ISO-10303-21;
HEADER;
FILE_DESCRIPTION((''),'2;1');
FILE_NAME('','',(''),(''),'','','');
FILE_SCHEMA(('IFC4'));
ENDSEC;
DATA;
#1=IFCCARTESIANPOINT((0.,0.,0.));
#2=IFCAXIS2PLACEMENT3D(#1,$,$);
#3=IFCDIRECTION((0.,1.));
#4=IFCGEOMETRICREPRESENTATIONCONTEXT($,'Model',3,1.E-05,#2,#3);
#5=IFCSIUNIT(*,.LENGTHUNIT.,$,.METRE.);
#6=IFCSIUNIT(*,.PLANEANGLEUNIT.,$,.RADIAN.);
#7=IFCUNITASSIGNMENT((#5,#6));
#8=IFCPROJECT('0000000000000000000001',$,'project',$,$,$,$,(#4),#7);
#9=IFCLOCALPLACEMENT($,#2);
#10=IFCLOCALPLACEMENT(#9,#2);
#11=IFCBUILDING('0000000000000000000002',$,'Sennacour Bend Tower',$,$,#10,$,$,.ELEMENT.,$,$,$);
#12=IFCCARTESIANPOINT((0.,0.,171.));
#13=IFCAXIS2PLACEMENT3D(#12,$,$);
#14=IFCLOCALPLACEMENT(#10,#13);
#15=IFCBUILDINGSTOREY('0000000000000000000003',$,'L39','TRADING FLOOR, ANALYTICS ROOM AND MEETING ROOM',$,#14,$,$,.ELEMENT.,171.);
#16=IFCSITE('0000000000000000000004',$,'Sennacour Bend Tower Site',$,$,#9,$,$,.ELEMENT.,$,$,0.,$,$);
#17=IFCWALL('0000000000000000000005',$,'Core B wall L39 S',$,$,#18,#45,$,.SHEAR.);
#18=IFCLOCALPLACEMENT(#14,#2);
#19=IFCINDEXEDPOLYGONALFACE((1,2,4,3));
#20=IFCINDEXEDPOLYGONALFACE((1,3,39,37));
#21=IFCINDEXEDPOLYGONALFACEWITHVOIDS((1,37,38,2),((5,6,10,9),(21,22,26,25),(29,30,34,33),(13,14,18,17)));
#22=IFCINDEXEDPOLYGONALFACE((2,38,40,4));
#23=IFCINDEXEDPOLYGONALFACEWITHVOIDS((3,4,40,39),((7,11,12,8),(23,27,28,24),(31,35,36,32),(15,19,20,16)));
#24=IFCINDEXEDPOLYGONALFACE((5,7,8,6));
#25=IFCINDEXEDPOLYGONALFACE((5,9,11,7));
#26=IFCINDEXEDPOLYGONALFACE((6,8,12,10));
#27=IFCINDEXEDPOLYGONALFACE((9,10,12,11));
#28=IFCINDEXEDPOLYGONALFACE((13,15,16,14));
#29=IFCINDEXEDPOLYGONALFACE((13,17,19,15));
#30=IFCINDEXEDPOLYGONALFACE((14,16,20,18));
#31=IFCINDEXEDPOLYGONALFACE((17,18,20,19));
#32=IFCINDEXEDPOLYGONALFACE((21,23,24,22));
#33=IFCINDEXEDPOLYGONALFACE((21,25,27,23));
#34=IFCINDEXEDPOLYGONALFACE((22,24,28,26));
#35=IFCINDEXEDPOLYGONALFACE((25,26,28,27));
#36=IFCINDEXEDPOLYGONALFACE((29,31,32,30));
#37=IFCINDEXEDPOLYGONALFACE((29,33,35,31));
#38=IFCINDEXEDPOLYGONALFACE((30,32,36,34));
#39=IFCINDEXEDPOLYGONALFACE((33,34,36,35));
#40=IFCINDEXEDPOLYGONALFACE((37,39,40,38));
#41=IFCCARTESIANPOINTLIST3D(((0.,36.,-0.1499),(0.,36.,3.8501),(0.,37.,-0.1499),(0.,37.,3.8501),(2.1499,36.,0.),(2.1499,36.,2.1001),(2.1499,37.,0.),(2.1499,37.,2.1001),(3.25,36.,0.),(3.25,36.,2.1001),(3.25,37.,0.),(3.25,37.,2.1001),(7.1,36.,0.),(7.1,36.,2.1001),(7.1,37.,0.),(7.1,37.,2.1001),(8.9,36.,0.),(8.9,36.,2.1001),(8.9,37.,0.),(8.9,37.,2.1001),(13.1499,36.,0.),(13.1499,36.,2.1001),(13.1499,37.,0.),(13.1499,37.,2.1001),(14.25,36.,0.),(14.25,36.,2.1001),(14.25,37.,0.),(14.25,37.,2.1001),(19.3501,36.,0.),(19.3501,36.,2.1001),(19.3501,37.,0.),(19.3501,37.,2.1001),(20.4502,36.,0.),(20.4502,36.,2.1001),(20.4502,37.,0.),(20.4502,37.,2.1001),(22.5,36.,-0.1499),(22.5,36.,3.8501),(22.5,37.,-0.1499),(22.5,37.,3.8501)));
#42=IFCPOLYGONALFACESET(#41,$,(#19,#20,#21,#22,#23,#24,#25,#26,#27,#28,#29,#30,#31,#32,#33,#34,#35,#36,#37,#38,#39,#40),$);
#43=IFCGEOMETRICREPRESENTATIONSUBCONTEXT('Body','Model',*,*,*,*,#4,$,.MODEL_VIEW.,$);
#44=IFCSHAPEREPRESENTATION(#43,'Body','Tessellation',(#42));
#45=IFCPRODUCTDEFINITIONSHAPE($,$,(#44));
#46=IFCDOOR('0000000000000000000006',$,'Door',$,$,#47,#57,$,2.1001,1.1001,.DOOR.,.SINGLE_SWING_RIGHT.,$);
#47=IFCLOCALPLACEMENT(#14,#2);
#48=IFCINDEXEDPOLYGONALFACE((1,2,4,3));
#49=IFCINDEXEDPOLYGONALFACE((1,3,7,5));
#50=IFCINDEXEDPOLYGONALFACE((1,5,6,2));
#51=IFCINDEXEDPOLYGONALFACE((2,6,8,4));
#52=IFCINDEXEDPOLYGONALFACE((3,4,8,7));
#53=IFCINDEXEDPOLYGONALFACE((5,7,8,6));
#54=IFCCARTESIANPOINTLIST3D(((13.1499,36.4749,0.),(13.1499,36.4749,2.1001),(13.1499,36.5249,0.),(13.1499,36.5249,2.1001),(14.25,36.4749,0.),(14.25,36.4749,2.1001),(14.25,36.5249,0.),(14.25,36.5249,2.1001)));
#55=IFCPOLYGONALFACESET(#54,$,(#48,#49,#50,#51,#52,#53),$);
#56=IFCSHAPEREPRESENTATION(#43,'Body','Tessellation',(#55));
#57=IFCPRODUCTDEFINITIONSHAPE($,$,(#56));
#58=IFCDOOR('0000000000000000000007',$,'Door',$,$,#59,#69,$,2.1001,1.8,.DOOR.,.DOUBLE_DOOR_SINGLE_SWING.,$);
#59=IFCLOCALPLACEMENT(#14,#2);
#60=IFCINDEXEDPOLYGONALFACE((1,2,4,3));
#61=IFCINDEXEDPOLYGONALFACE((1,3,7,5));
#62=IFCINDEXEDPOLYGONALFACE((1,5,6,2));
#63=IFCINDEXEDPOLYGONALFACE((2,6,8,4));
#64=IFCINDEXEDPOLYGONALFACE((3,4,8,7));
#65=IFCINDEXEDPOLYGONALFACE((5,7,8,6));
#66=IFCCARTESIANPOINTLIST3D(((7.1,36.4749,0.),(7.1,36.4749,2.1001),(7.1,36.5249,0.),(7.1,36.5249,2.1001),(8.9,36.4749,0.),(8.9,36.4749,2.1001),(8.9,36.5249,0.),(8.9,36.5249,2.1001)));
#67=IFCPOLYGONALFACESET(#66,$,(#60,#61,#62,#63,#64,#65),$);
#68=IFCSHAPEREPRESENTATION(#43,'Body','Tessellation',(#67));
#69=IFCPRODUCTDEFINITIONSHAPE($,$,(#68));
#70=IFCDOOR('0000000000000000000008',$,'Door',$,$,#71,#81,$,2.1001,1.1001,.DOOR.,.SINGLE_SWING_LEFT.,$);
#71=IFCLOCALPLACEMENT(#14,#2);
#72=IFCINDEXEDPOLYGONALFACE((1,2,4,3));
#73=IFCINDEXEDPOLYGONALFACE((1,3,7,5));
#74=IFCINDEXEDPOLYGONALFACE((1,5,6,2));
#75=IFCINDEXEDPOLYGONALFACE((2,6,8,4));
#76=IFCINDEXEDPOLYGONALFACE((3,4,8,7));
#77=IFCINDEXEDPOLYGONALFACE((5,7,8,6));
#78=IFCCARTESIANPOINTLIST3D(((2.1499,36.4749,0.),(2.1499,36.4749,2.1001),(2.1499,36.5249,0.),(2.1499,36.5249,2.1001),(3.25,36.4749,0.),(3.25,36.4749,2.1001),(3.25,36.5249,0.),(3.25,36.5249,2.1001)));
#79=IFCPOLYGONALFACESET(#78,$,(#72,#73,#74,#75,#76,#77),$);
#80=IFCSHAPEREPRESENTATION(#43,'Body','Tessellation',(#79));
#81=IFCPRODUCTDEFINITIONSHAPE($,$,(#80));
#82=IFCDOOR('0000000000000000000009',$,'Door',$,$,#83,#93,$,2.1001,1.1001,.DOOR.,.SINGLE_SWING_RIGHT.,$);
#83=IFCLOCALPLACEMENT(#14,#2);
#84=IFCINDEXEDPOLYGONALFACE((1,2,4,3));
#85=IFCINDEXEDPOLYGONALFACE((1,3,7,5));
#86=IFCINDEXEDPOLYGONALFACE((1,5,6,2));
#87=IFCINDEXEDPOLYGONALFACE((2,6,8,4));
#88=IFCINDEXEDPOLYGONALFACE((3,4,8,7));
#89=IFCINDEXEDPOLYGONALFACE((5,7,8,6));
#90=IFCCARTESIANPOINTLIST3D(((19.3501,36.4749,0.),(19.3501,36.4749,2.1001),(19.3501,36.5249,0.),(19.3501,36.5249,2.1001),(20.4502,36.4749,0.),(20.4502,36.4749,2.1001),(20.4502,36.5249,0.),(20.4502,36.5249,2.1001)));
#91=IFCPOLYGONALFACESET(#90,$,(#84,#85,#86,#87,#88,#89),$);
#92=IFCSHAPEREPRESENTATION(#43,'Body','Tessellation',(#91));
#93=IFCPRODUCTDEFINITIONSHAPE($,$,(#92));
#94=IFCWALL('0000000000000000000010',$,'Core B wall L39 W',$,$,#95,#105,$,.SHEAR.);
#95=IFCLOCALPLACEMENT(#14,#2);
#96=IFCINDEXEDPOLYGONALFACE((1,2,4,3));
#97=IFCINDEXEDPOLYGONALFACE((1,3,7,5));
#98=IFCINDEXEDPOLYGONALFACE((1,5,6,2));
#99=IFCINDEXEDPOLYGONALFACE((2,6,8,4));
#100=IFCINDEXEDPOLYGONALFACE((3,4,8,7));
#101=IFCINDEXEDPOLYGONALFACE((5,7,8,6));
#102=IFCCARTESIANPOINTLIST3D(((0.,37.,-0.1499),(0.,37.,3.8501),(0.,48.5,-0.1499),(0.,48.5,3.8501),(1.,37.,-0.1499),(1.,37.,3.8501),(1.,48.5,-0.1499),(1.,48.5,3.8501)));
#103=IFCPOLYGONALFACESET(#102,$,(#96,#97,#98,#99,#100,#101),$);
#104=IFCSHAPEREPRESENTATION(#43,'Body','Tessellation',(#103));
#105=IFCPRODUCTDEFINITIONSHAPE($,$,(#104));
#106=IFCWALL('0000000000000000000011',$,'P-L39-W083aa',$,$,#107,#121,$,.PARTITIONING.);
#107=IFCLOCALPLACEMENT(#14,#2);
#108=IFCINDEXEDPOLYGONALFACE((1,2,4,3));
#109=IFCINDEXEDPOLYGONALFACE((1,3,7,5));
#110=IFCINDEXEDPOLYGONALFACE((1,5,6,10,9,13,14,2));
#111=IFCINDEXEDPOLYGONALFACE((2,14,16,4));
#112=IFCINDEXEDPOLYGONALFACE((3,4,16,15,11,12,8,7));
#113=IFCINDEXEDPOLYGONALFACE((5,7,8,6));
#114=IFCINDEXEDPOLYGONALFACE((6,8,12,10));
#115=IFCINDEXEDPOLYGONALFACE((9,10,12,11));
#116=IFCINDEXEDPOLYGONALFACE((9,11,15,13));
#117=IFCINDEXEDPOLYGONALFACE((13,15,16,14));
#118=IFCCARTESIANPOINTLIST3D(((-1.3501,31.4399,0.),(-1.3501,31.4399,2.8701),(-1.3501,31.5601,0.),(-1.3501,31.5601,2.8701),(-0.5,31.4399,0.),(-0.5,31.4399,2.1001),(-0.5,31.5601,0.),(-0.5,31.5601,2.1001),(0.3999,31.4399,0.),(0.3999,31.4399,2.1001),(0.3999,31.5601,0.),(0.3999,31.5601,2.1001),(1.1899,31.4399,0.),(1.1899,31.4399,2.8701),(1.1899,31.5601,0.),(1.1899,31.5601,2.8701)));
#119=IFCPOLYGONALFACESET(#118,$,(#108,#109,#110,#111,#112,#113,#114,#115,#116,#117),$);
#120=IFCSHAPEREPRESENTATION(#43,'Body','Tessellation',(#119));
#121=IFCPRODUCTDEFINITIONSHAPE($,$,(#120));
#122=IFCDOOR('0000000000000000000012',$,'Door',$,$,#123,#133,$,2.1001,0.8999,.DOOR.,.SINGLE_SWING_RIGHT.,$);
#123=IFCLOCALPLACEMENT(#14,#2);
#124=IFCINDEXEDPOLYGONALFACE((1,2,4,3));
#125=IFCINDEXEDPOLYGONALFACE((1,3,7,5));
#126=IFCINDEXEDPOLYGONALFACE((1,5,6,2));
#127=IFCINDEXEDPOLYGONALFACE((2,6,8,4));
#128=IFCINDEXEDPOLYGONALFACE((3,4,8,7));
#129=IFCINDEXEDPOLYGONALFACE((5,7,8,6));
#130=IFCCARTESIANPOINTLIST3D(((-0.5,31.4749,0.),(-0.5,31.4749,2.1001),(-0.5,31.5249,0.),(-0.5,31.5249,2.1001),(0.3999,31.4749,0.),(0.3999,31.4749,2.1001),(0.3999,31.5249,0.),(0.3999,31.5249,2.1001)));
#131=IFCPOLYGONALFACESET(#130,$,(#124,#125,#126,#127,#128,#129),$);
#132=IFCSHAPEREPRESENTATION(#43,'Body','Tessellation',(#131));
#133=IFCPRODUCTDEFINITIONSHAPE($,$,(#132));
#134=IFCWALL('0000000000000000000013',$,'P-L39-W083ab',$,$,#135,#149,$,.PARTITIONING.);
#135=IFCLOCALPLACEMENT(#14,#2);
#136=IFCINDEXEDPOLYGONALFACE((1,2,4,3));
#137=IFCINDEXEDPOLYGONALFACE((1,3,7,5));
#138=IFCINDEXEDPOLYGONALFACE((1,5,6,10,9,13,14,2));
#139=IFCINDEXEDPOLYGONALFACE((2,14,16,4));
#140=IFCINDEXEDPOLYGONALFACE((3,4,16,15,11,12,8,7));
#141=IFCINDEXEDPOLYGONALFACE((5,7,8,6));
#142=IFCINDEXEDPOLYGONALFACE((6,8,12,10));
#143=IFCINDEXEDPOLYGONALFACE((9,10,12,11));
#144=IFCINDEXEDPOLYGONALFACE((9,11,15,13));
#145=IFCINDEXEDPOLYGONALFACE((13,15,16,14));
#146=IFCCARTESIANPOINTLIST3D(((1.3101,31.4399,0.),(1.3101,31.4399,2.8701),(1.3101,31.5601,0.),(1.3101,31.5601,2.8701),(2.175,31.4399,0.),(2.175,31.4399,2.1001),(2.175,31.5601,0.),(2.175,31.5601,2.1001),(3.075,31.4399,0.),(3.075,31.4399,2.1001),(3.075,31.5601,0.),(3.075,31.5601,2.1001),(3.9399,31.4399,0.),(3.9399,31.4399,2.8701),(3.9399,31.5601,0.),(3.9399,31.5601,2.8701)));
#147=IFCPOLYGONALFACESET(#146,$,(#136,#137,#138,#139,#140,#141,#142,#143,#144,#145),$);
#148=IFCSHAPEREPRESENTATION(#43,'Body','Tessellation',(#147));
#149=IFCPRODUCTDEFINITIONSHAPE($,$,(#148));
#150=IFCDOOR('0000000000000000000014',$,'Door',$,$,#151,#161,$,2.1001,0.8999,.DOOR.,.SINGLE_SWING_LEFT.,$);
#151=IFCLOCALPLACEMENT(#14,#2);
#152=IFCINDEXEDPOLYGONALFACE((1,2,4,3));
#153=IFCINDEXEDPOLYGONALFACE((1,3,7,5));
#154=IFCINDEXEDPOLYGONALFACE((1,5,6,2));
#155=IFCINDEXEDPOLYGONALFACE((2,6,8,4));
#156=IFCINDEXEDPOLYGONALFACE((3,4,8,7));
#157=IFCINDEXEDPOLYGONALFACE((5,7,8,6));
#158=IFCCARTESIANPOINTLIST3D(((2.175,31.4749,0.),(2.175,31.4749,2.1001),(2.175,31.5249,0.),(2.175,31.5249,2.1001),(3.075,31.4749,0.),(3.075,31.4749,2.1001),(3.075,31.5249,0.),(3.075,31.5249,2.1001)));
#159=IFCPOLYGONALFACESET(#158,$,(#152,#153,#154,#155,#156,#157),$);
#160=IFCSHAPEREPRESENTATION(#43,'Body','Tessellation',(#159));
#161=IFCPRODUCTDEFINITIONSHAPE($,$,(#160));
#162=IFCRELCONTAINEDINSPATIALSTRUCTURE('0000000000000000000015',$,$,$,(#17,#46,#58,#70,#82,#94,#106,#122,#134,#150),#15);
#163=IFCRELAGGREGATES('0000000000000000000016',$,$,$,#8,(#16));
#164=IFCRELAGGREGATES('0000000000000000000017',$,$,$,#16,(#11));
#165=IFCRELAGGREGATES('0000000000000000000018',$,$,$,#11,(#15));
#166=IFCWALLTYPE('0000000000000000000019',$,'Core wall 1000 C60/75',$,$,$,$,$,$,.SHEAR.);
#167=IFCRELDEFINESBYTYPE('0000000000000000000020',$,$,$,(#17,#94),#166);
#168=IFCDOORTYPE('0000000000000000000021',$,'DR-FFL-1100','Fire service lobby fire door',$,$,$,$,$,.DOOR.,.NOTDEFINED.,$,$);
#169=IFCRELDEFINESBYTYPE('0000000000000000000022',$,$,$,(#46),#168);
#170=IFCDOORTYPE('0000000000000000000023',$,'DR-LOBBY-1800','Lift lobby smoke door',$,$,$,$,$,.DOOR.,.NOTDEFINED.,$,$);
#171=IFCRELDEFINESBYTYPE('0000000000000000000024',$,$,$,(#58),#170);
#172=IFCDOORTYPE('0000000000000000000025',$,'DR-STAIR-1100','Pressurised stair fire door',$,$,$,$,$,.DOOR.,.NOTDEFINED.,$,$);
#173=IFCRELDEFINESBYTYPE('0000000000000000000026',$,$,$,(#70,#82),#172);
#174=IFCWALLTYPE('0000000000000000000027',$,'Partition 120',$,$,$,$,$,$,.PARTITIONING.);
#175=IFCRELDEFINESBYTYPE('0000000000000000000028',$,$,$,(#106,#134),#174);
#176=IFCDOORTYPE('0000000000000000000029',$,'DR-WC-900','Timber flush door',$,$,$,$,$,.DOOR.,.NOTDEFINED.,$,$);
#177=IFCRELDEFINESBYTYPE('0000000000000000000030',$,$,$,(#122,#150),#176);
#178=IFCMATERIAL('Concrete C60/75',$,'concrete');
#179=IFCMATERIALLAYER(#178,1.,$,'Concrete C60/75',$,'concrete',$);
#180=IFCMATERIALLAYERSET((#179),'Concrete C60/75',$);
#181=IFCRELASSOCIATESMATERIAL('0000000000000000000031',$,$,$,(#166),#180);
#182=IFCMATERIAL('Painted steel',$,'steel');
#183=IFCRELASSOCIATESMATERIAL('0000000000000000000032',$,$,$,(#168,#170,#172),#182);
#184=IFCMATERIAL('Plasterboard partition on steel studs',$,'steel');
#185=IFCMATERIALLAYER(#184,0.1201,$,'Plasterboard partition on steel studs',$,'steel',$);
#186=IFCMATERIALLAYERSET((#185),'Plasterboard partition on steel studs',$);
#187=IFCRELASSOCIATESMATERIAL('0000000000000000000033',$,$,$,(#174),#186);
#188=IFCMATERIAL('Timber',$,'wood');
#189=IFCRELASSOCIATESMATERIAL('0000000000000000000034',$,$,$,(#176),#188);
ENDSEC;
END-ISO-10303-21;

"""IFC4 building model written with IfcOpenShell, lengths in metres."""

from ifc_helpers import new_model, si_unit, direction, frame, frame_2d, origin, place, context, subcontext, project, spatial, rectangle, extrude, material, layer, layer_set, type_object, element, fill, save


model = new_model("IFC4")

# Units and contexts
model_context = context("Model", 3, precision=1e-05, world=origin(), true_north=direction((0.0, 1.0)))
body_context = subcontext(model_context, "Body", "Model", "MODEL_VIEW")
ifc_project = project(units=[si_unit("LENGTHUNIT", "METRE"), si_unit("PLANEANGLEUNIT", "RADIAN")], contexts=[model_context])

# Site, building, storey
site_placement = place(None, origin())
site = spatial("IfcSite", under=ifc_project, at=site_placement, Name="Sennacour Bend Tower Site", CompositionType="ELEMENT", RefElevation=0.0)
building_placement = place(site_placement, origin())
building = spatial("IfcBuilding", under=site, at=building_placement, Name="Sennacour Bend Tower", CompositionType="ELEMENT")
storey_placement = place(building_placement, frame((0.0, 0.0, 171.0)))
storey = spatial("IfcBuildingStorey", under=building, at=storey_placement, Name="L39", Description="TRADING FLOOR, ANALYTICS ROOM AND MEETING ROOM", CompositionType="ELEMENT", Elevation=171.0)

# Wall, openings, doors
ifc_material_1 = material(Name="Concrete C60/75", Category="concrete")
ifc_layer_1 = layer(ifc_material_1, 1.0, Name="Concrete C60/75", Category="concrete")
ifc_layer_set_1 = layer_set([ifc_layer_1], Name="Concrete C60/75")
wall_type_1 = type_object("IfcWallType", Name="Core wall 1000 C60/75", PredefinedType="SHEAR", material=ifc_layer_set_1)
wall_1_placement = place(storey_placement, frame((0.0, 36.5, -0.1499), z_axis=(0.0, 0.0, 1.0), x_axis=(1.0, 0.0, 0.0)))
wall_1 = element("IfcWall", 1, at=wall_1_placement, inside=storey, type_object=wall_type_1, Name="Core B wall L39 S", PredefinedType="SHEAR", context=body_context, shape_type="SweptSolid", body=[
    extrude(rectangle(XDim=22.5, YDim=1.0, at=frame_2d((11.25, 0.0))), origin(), (0.0, 0.0, 1.0), 4.0),
])
opening_1_placement = place(wall_1_placement, frame((7.1001, 0.0, 0.1499)))
opening_1 = element("IfcOpeningElement", 2, at=opening_1_placement, cuts=wall_1, PredefinedType="OPENING", context=body_context, shape_type="SweptSolid", body=[
    extrude(rectangle(XDim=1.8, YDim=2.1001, at=frame_2d((0.8999, 1.05))), frame((0.0, 0.51, 0.0), z_axis=(0.0, -1.0, 0.0), x_axis=(1.0, 0.0, 0.0)), (0.0, 0.0, 1.0), 1.02),
])
opening_2_placement = place(wall_1_placement, frame((13.1499, 0.0, 0.1499)))
opening_2 = element("IfcOpeningElement", 3, at=opening_2_placement, cuts=wall_1, PredefinedType="OPENING", context=body_context, shape_type="SweptSolid", body=[
    extrude(rectangle(XDim=1.1001, YDim=2.1001, at=frame_2d((0.55, 1.05))), frame((0.0, 0.51, 0.0), z_axis=(0.0, -1.0, 0.0), x_axis=(1.0, 0.0, 0.0)), (0.0, 0.0, 1.0), 1.02),
])
opening_3_placement = place(wall_1_placement, frame((2.1499, 0.0, 0.1499)))
opening_3 = element("IfcOpeningElement", 4, at=opening_3_placement, cuts=wall_1, PredefinedType="OPENING", context=body_context, shape_type="SweptSolid", body=[
    extrude(rectangle(XDim=1.1001, YDim=2.1001, at=frame_2d((0.55, 1.05))), frame((0.0, 0.51, 0.0), z_axis=(0.0, -1.0, 0.0), x_axis=(1.0, 0.0, 0.0)), (0.0, 0.0, 1.0), 1.02),
])
opening_4_placement = place(wall_1_placement, frame((19.3501, 0.0, 0.1499)))
opening_4 = element("IfcOpeningElement", 5, at=opening_4_placement, cuts=wall_1, PredefinedType="OPENING", context=body_context, shape_type="SweptSolid", body=[
    extrude(rectangle(XDim=1.1001, YDim=2.1001, at=frame_2d((0.55, 1.05))), frame((0.0, 0.51, 0.0), z_axis=(0.0, -1.0, 0.0), x_axis=(1.0, 0.0, 0.0)), (0.0, 0.0, 1.0), 1.02),
])
ifc_material_2 = material(Name="Painted steel", Category="steel")
door_type_1 = type_object("IfcDoorType", Name="DR-FFL-1100", Description="Fire service lobby fire door", OperationType="NOTDEFINED", PredefinedType="DOOR", material=ifc_material_2)
door_1_placement = place(opening_2_placement, origin())
door_1 = element("IfcDoor", 6, at=door_1_placement, inside=storey, type_object=door_type_1, Name="Door", OperationType="SINGLE_SWING_RIGHT", OverallHeight=2.1001, OverallWidth=1.1001, PredefinedType="DOOR", context=body_context, shape_type="SweptSolid", body=[
    extrude(rectangle(XDim=1.1001, YDim=2.1001, at=frame_2d((0.55, 1.05))), frame((0.0, 0.0249, 0.0), z_axis=(0.0, -1.0, 0.0), x_axis=(1.0, 0.0, 0.0)), (0.0, 0.0, 1.0), 0.05),
])
fill(opening_2, door_1)
door_type_2 = type_object("IfcDoorType", Name="DR-LOBBY-1800", Description="Lift lobby smoke door", OperationType="NOTDEFINED", PredefinedType="DOOR", material=ifc_material_2)
door_2_placement = place(opening_1_placement, origin())
door_2 = element("IfcDoor", 7, at=door_2_placement, inside=storey, type_object=door_type_2, Name="Door", OperationType="DOUBLE_DOOR_SINGLE_SWING", OverallHeight=2.1001, OverallWidth=1.8, PredefinedType="DOOR", context=body_context, shape_type="SweptSolid", body=[
    extrude(rectangle(XDim=1.8, YDim=2.1001, at=frame_2d((0.8999, 1.05))), frame((0.0, 0.0249, 0.0), z_axis=(0.0, -1.0, 0.0), x_axis=(1.0, 0.0, 0.0)), (0.0, 0.0, 1.0), 0.05),
])
fill(opening_1, door_2)
door_type_3 = type_object("IfcDoorType", Name="DR-STAIR-1100", Description="Pressurised stair fire door", OperationType="NOTDEFINED", PredefinedType="DOOR", material=ifc_material_2)
door_3_placement = place(opening_3_placement, origin())
door_3 = element("IfcDoor", 8, at=door_3_placement, inside=storey, type_object=door_type_3, Name="Door", OperationType="SINGLE_SWING_LEFT", OverallHeight=2.1001, OverallWidth=1.1001, PredefinedType="DOOR", context=body_context, shape_type="SweptSolid", body=[
    extrude(rectangle(XDim=1.1001, YDim=2.1001, at=frame_2d((0.55, 1.05))), frame((0.0, 0.0249, 0.0), z_axis=(0.0, -1.0, 0.0), x_axis=(1.0, 0.0, 0.0)), (0.0, 0.0, 1.0), 0.05),
])
fill(opening_3, door_3)
door_4_placement = place(opening_4_placement, origin())
door_4 = element("IfcDoor", 9, at=door_4_placement, inside=storey, type_object=door_type_3, Name="Door", OperationType="SINGLE_SWING_RIGHT", OverallHeight=2.1001, OverallWidth=1.1001, PredefinedType="DOOR", context=body_context, shape_type="SweptSolid", body=[
    extrude(rectangle(XDim=1.1001, YDim=2.1001, at=frame_2d((0.55, 1.05))), frame((0.0, 0.0249, 0.0), z_axis=(0.0, -1.0, 0.0), x_axis=(1.0, 0.0, 0.0)), (0.0, 0.0, 1.0), 0.05),
])
fill(opening_4, door_4)

# Wall
wall_2_placement = place(storey_placement, frame((0.5, 37.0, -0.1499), z_axis=(0.0, 0.0, 1.0), x_axis=(0.0, 1.0, 0.0)))
element("IfcWall", 10, at=wall_2_placement, inside=storey, type_object=wall_type_1, Name="Core B wall L39 W", PredefinedType="SHEAR", context=body_context, shape_type="SweptSolid", body=[
    extrude(rectangle(XDim=11.5, YDim=1.0, at=frame_2d((5.75, 0.0))), origin(), (0.0, 0.0, 1.0), 4.0),
])

# Walls, openings, doors
ifc_material_3 = material(Name="Plasterboard partition on steel studs", Category="steel")
ifc_layer_2 = layer(ifc_material_3, 0.1201, Name="Plasterboard partition on steel studs", Category="steel")
ifc_layer_set_2 = layer_set([ifc_layer_2], Name="Plasterboard partition on steel studs")
wall_type_2 = type_object("IfcWallType", Name="Partition 120", PredefinedType="PARTITIONING", material=ifc_layer_set_2)
wall_3_placement = place(storey_placement, frame((-1.3501, 31.5, 0.0), z_axis=(0.0, 0.0, 1.0), x_axis=(1.0, 0.0, 0.0)))
wall_3 = element("IfcWall", 11, at=wall_3_placement, inside=storey, type_object=wall_type_2, Name="P-L39-W083aa", PredefinedType="PARTITIONING", context=body_context, shape_type="SweptSolid", body=[
    extrude(rectangle(XDim=2.54, YDim=0.1201, at=frame_2d((1.27, 0.0))), origin(), (0.0, 0.0, 1.0), 2.8701),
])
opening_5_placement = place(wall_3_placement, frame((0.8501, 0.0, 0.0)))
opening_5 = element("IfcOpeningElement", 12, at=opening_5_placement, cuts=wall_3, PredefinedType="OPENING", context=body_context, shape_type="SweptSolid", body=[
    extrude(rectangle(XDim=0.8999, YDim=2.1001, at=frame_2d((0.45, 1.05))), frame((0.0, 0.0701, 0.0), z_axis=(0.0, -1.0, 0.0), x_axis=(1.0, 0.0, 0.0)), (0.0, 0.0, 1.0), 0.1401),
])
ifc_material_4 = material(Name="Timber", Category="wood")
door_type_4 = type_object("IfcDoorType", Name="DR-WC-900", Description="Timber flush door", OperationType="NOTDEFINED", PredefinedType="DOOR", material=ifc_material_4)
door_5_placement = place(opening_5_placement, origin())
door_5 = element("IfcDoor", 13, at=door_5_placement, inside=storey, type_object=door_type_4, Name="Door", OperationType="SINGLE_SWING_RIGHT", OverallHeight=2.1001, OverallWidth=0.8999, PredefinedType="DOOR", context=body_context, shape_type="SweptSolid", body=[
    extrude(rectangle(XDim=0.8999, YDim=2.1001, at=frame_2d((0.45, 1.05))), frame((0.0, 0.0249, 0.0), z_axis=(0.0, -1.0, 0.0), x_axis=(1.0, 0.0, 0.0)), (0.0, 0.0, 1.0), 0.05),
])
fill(opening_5, door_5)
wall_4_placement = place(storey_placement, frame((1.3101, 31.5, 0.0), z_axis=(0.0, 0.0, 1.0), x_axis=(1.0, 0.0, 0.0)))
wall_4 = element("IfcWall", 14, at=wall_4_placement, inside=storey, type_object=wall_type_2, Name="P-L39-W083ab", PredefinedType="PARTITIONING", context=body_context, shape_type="SweptSolid", body=[
    extrude(rectangle(XDim=2.6299, YDim=0.1201, at=frame_2d((1.3149, 0.0))), origin(), (0.0, 0.0, 1.0), 2.8701),
])
opening_6_placement = place(wall_4_placement, frame((0.865, 0.0, 0.0)))
opening_6 = element("IfcOpeningElement", 15, at=opening_6_placement, cuts=wall_4, PredefinedType="OPENING", context=body_context, shape_type="SweptSolid", body=[
    extrude(rectangle(XDim=0.8999, YDim=2.1001, at=frame_2d((0.45, 1.05))), frame((0.0, 0.0701, 0.0), z_axis=(0.0, -1.0, 0.0), x_axis=(1.0, 0.0, 0.0)), (0.0, 0.0, 1.0), 0.1401),
])
door_6_placement = place(opening_6_placement, origin())
door_6 = element("IfcDoor", 16, at=door_6_placement, inside=storey, type_object=door_type_4, Name="Door", OperationType="SINGLE_SWING_LEFT", OverallHeight=2.1001, OverallWidth=0.8999, PredefinedType="DOOR", context=body_context, shape_type="SweptSolid", body=[
    extrude(rectangle(XDim=0.8999, YDim=2.1001, at=frame_2d((0.45, 1.05))), frame((0.0, 0.0249, 0.0), z_axis=(0.0, -1.0, 0.0), x_axis=(1.0, 0.0, 0.0)), (0.0, 0.0, 1.0), 0.05),
])
fill(opening_6, door_6)

save(model, "model.ifc")
